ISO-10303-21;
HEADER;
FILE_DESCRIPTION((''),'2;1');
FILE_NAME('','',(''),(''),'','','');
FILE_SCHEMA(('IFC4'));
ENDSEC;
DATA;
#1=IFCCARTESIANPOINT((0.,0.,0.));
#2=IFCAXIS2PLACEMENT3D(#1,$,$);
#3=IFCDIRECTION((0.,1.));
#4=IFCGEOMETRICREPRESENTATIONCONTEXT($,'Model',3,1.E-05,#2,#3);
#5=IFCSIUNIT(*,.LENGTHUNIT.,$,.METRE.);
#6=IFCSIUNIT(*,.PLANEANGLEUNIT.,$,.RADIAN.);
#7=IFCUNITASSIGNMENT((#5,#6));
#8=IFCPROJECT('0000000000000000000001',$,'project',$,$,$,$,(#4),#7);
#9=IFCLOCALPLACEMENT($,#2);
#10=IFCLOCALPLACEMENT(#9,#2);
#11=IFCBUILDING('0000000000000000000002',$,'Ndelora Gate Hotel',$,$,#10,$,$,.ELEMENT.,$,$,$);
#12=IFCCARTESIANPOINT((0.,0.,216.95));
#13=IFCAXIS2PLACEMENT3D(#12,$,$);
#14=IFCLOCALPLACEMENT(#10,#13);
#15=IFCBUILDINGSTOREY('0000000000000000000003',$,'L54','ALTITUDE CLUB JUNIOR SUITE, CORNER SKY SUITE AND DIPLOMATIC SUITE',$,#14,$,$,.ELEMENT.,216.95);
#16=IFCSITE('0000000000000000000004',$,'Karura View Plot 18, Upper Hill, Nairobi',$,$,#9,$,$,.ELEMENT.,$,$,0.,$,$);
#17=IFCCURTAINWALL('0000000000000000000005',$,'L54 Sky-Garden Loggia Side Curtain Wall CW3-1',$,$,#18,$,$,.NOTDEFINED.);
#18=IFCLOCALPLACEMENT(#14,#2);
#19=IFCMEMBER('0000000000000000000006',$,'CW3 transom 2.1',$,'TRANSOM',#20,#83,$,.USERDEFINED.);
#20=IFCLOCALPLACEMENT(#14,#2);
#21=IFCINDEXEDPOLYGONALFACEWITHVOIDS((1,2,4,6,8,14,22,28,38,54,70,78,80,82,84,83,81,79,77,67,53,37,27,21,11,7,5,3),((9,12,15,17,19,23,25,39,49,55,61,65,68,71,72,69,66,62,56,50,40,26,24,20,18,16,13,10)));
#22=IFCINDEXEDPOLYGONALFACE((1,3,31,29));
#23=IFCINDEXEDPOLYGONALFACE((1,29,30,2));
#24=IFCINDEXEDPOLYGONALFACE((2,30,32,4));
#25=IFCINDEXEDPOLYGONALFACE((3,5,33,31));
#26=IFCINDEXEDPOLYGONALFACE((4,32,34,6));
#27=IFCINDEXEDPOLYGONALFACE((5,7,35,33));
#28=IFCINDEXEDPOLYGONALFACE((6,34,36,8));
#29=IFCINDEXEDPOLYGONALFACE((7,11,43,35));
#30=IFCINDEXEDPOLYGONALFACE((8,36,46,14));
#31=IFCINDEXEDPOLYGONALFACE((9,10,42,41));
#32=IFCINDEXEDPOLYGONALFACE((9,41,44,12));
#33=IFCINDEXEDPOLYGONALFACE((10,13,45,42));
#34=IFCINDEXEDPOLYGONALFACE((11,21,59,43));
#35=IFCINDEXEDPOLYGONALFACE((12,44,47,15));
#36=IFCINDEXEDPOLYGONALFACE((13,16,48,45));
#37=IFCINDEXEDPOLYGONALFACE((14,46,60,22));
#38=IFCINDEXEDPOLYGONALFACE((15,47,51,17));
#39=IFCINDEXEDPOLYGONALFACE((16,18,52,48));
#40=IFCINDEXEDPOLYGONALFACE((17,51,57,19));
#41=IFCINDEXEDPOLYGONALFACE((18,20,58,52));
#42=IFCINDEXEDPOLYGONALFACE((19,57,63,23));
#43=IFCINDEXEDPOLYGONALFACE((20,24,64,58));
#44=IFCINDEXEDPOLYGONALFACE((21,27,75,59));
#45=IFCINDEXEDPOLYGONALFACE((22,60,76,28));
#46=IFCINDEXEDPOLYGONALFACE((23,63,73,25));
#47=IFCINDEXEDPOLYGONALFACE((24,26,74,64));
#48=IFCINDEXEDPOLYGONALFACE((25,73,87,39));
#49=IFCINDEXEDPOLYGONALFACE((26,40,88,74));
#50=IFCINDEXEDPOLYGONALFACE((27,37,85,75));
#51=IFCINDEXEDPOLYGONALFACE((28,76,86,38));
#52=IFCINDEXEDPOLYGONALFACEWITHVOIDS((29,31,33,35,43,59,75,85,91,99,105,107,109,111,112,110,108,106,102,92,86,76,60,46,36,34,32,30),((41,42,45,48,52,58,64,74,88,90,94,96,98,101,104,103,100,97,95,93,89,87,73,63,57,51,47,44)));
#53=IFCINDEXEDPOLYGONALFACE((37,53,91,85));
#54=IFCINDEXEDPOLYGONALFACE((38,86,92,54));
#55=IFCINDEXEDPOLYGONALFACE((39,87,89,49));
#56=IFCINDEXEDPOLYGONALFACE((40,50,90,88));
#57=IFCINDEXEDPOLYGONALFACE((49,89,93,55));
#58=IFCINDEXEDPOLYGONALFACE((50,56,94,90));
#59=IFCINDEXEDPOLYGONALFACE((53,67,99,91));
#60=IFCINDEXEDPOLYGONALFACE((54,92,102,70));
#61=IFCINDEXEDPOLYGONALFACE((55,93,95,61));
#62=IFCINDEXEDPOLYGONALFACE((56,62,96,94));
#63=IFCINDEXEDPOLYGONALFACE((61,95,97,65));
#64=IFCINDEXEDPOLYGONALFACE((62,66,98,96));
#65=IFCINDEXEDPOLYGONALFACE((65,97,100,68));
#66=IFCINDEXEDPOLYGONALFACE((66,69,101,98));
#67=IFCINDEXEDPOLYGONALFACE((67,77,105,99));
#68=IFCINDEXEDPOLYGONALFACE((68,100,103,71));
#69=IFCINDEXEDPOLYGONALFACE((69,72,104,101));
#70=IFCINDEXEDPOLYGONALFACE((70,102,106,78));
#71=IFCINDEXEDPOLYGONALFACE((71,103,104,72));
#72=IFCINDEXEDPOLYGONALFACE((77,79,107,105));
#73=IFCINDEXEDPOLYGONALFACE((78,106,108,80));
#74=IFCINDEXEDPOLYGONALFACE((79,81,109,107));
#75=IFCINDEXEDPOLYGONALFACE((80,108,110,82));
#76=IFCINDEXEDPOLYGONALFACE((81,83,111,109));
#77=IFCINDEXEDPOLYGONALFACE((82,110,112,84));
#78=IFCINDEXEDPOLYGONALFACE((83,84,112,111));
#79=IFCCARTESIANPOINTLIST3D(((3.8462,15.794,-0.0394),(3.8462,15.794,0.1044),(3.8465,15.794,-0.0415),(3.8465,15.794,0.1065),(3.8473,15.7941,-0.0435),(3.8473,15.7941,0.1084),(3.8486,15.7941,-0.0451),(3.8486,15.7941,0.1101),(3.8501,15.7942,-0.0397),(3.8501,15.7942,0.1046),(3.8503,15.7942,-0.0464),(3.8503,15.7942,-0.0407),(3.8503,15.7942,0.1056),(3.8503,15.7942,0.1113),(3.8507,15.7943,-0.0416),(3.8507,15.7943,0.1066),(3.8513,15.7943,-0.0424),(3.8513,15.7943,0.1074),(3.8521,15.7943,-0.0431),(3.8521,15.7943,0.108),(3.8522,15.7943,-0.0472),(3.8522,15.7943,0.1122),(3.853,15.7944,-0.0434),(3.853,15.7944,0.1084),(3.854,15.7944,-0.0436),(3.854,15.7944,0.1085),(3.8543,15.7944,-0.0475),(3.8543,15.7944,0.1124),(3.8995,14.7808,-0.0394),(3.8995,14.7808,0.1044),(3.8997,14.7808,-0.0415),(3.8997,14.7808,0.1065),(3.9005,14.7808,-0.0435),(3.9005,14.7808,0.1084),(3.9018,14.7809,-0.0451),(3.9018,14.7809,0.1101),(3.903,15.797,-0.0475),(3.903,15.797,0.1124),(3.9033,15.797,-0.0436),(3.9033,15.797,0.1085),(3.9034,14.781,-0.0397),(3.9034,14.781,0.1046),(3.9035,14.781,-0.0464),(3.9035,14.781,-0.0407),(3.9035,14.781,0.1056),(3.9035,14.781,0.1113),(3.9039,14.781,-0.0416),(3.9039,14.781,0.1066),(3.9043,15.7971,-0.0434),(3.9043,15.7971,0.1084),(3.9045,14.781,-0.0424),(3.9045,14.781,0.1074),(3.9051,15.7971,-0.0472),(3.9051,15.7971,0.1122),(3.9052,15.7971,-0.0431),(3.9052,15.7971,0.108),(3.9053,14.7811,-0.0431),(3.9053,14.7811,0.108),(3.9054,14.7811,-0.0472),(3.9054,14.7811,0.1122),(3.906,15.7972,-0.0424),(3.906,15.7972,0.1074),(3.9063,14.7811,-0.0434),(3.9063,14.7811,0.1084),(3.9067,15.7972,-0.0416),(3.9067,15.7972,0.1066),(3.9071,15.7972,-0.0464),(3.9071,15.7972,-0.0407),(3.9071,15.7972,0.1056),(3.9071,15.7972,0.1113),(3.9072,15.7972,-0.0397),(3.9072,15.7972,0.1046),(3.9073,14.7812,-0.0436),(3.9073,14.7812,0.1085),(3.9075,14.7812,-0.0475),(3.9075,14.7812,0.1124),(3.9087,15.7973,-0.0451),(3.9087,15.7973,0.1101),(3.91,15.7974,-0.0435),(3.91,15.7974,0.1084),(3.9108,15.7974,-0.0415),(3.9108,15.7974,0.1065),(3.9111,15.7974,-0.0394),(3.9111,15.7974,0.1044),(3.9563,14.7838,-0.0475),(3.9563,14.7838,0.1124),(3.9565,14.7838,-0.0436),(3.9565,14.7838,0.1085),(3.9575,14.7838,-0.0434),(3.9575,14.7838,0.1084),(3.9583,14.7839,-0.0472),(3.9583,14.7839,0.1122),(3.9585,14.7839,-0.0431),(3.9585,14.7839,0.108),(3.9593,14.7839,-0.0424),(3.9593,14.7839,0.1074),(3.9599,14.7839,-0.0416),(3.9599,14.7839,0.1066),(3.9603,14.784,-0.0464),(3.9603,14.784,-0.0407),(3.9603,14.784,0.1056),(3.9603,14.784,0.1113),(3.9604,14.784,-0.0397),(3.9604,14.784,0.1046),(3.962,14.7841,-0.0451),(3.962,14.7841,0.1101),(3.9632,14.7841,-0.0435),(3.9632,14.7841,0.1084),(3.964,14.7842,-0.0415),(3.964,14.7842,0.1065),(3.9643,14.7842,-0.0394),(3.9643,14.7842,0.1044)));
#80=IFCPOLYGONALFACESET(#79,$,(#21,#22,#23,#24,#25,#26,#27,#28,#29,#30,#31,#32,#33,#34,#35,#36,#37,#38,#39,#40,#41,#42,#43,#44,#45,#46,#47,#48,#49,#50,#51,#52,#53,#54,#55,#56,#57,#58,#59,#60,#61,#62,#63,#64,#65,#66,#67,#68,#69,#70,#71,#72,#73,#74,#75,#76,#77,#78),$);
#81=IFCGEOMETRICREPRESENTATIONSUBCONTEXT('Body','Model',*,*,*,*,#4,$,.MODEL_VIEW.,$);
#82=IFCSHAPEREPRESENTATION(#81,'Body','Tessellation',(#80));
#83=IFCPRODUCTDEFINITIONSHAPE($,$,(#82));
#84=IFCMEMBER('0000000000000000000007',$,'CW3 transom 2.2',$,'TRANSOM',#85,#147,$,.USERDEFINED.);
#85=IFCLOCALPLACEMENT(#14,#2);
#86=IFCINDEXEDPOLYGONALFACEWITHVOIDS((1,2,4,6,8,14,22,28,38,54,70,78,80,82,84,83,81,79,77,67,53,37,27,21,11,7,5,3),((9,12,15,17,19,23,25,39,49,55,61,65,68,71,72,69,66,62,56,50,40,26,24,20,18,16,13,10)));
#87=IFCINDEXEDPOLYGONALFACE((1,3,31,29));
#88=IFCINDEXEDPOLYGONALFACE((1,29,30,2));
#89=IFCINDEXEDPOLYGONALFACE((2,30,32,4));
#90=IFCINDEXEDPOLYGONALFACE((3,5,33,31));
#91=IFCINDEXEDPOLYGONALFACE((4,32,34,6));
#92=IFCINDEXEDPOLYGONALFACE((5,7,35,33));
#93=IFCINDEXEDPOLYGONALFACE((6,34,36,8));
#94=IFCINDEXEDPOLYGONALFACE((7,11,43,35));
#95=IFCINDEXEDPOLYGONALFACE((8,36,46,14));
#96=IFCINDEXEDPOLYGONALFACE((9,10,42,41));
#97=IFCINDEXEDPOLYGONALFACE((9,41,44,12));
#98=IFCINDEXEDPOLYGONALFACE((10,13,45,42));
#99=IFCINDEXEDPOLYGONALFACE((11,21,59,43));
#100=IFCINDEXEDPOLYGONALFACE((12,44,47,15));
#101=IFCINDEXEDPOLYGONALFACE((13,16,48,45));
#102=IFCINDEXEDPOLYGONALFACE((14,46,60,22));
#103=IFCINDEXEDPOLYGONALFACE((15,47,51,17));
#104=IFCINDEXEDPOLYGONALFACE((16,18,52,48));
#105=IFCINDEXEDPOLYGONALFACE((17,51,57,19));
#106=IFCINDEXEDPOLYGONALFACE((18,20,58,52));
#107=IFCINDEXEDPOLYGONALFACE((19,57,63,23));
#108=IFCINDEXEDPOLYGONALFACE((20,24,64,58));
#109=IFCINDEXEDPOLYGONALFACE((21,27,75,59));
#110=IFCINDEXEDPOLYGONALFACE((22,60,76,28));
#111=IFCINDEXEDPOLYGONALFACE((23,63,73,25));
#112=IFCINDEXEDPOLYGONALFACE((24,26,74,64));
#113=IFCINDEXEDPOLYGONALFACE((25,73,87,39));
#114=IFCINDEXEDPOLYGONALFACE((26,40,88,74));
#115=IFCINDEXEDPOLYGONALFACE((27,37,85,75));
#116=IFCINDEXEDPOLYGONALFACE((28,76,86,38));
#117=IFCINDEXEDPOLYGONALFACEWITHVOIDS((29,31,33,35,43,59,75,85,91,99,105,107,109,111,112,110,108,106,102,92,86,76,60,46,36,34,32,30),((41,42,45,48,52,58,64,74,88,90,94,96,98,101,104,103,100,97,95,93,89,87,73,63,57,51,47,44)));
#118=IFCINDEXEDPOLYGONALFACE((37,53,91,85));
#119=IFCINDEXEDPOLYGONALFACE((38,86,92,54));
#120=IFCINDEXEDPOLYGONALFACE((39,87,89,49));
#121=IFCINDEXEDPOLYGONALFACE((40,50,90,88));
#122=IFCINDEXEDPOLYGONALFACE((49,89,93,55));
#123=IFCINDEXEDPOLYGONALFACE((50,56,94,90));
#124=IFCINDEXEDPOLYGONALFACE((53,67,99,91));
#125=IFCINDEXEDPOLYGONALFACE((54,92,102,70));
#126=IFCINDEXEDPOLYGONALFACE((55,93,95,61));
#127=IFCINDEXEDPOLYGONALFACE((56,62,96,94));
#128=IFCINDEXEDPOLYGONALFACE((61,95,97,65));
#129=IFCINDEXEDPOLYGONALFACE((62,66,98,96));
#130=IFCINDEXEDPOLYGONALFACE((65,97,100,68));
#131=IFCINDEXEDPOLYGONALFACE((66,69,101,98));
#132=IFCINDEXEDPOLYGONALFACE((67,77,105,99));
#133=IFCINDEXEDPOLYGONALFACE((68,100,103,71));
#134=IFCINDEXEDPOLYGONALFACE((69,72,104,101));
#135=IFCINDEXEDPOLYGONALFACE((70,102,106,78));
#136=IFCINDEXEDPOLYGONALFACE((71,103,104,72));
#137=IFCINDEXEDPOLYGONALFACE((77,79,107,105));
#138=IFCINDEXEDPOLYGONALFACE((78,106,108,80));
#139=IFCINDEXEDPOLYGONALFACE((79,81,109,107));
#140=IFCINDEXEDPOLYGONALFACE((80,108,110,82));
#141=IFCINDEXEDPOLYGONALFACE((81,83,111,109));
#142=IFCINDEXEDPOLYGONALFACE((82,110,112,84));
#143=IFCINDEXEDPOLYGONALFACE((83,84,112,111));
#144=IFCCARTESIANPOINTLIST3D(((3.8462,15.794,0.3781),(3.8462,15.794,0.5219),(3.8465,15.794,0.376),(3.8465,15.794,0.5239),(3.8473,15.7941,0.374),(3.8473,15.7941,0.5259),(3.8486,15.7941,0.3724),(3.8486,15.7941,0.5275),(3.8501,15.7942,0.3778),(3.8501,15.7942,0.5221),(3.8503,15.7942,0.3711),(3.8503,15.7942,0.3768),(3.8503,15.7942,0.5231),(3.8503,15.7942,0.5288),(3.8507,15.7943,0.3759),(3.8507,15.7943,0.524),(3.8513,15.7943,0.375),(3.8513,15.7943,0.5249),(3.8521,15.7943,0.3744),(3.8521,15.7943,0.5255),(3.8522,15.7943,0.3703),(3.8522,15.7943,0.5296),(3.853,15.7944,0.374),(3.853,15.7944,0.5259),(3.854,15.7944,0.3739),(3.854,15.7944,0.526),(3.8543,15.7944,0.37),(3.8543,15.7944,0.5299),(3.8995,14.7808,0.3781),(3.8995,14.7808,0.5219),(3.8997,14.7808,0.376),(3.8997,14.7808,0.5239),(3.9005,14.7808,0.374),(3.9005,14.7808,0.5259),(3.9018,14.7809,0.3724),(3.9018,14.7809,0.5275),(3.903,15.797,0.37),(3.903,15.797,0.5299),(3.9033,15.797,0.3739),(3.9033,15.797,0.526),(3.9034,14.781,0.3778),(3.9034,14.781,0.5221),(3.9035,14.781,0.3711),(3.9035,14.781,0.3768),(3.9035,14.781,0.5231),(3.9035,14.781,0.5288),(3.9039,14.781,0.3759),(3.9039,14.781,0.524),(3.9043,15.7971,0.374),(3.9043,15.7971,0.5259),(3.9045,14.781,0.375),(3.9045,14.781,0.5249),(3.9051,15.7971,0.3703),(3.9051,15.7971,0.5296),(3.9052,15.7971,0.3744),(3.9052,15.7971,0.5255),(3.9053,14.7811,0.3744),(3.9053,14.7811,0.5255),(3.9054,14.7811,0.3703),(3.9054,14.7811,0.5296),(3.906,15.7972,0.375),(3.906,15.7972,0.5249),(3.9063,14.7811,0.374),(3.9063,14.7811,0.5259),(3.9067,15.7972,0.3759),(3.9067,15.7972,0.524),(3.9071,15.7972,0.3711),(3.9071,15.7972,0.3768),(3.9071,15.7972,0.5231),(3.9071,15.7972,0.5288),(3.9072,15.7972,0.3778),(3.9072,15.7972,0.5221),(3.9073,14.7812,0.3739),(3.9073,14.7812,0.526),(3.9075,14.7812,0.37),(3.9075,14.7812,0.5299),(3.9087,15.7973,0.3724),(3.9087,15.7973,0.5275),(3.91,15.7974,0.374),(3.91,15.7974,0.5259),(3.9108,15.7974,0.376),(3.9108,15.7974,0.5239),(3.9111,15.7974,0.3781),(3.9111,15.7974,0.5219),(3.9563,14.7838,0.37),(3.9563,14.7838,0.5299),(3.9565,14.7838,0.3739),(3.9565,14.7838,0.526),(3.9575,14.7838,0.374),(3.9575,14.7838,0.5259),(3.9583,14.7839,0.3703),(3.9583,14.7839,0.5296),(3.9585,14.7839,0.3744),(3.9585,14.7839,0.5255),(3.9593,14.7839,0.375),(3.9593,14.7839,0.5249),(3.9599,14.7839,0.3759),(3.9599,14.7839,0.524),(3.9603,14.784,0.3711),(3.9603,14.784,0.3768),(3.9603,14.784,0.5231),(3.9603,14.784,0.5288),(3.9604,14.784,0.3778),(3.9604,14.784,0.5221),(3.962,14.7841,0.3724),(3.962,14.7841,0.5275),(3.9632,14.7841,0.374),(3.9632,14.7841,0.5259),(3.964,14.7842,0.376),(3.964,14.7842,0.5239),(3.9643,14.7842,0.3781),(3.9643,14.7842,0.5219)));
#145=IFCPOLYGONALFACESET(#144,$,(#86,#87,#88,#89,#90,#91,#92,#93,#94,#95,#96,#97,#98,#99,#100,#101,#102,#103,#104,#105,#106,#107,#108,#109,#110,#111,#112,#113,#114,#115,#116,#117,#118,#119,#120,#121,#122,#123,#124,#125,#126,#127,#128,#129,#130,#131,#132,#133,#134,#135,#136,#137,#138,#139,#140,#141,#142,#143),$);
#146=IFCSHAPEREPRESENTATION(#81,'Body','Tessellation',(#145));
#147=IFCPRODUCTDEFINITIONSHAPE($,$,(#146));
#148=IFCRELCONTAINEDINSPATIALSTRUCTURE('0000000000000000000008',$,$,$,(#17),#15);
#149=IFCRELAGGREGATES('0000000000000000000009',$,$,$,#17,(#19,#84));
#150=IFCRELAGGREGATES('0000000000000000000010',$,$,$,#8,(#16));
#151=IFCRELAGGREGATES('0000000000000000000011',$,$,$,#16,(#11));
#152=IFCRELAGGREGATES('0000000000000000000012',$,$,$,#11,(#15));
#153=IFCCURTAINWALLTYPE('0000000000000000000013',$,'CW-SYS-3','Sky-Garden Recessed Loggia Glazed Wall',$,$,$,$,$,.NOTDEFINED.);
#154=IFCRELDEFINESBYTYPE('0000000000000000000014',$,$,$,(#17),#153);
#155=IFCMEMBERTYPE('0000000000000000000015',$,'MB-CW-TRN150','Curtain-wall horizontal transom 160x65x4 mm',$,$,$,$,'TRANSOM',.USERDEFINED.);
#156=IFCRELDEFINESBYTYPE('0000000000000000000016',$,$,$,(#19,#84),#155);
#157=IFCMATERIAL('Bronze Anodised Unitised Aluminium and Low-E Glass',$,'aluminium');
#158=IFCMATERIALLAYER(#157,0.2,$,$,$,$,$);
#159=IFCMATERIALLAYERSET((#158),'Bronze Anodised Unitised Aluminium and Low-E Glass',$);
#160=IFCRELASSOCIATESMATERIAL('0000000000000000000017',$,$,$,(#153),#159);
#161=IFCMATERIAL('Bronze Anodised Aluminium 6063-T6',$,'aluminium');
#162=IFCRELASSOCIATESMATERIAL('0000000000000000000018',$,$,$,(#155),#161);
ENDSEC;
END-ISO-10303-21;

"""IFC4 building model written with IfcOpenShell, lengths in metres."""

from ifc_helpers import new_model, si_unit, direction, frame, origin, origin_2d, place, context, subcontext, project, spatial, hollow_rectangle, extrude, material, layer, layer_set, material_profile, profile_set, type_object, element, aggregate, save


model = new_model("IFC4")

# Units and contexts
model_context = context("Model", 3, precision=1e-05, world=origin(), true_north=direction((0.0, 1.0)))
body_context = subcontext(model_context, "Body", "Model", "MODEL_VIEW")
ifc_project = project(units=[si_unit("LENGTHUNIT", "METRE"), si_unit("PLANEANGLEUNIT", "RADIAN")], contexts=[model_context])

# Site, building, storey
site_placement = place(None, origin())
site = spatial("IfcSite", under=ifc_project, at=site_placement, Name="Karura View Plot 18, Upper Hill, Nairobi", CompositionType="ELEMENT", RefElevation=0.0)
building_placement = place(site_placement, origin())
building = spatial("IfcBuilding", under=site, at=building_placement, Name="Ndelora Gate Hotel", CompositionType="ELEMENT")
storey_placement = place(building_placement, frame((0.0, 0.0, 216.95)))
storey = spatial("IfcBuildingStorey", under=building, at=storey_placement, Name="L54", Description="ALTITUDE CLUB JUNIOR SUITE, CORNER SKY SUITE AND DIPLOMATIC SUITE", CompositionType="ELEMENT", Elevation=216.95)

# Curtain wall, members
ifc_material_1 = material(Name="Bronze Anodised Unitised Aluminium and Low-E Glass", Category="aluminium")
ifc_layer_1 = layer(ifc_material_1, 0.2)
ifc_layer_set_1 = layer_set([ifc_layer_1], Name="Bronze Anodised Unitised Aluminium and Low-E Glass")
curtain_wall_type = type_object("IfcCurtainWallType", Name="CW-SYS-3", Description="Sky-Garden Recessed Loggia Glazed Wall", PredefinedType="NOTDEFINED", material=ifc_layer_set_1)
curtain_wall_placement = place(storey_placement, origin())
curtain_wall = element("IfcCurtainWall", 1, at=curtain_wall_placement, inside=storey, type_object=curtain_wall_type, Name="L54 Sky-Garden Loggia Side Curtain Wall CW3-1", PredefinedType="NOTDEFINED")
ifc_material_2 = material(Name="Bronze Anodised Aluminium 6063-T6", Category="aluminium")
ifc_material_profile_1 = material_profile(ifc_material_2, hollow_rectangle(XDim=0.0649, YDim=0.1599, WallThickness=0.0039, InnerFilletRadius=0.0039, OuterFilletRadius=0.0081, at=origin_2d()), Name="ALU 160x65x4")
ifc_profile_set_1 = profile_set([ifc_material_profile_1], Name="Bronze Anodised Aluminium 6063-T6")
member_type_1 = type_object("IfcMemberType", Name="MB-CW-TRN150", Description="Curtain-wall horizontal transom 160x65x4 mm", ElementType="TRANSOM", PredefinedType="USERDEFINED", material=ifc_profile_set_1)
member_1_placement = place(storey_placement, frame((3.9319, 14.7825, 0.0325), z_axis=(-0.052458, 0.998623, 0.0), x_axis=(-0.998623, -0.052458, 0.0)))
member_1 = element("IfcMember", 2, at=member_1_placement, type_object=member_type_1, Name="CW3 transom 2.1", ObjectType="TRANSOM", PredefinedType="USERDEFINED", context=body_context, shape_type="SweptSolid", body=[
    extrude(hollow_rectangle(XDim=0.0649, YDim=0.1599, WallThickness=0.0039, InnerFilletRadius=0.0039, OuterFilletRadius=0.0081, at=origin_2d()), origin(), (0.0, 0.0, 1.0), 1.0146),
])
member_2_placement = place(storey_placement, frame((3.9319, 14.7825, 0.45), z_axis=(-0.052458, 0.998623, 0.0), x_axis=(-0.998623, -0.052458, 0.0)))
member_2 = element("IfcMember", 3, at=member_2_placement, type_object=member_type_1, Name="CW3 transom 2.2", ObjectType="TRANSOM", PredefinedType="USERDEFINED", context=body_context, shape_type="SweptSolid", body=[
    extrude(hollow_rectangle(XDim=0.0649, YDim=0.1599, WallThickness=0.0039, InnerFilletRadius=0.0039, OuterFilletRadius=0.0081, at=origin_2d()), origin(), (0.0, 0.0, 1.0), 1.0146),
])
aggregate(curtain_wall, [member_1, member_2])

save(model, "model.ifc")
